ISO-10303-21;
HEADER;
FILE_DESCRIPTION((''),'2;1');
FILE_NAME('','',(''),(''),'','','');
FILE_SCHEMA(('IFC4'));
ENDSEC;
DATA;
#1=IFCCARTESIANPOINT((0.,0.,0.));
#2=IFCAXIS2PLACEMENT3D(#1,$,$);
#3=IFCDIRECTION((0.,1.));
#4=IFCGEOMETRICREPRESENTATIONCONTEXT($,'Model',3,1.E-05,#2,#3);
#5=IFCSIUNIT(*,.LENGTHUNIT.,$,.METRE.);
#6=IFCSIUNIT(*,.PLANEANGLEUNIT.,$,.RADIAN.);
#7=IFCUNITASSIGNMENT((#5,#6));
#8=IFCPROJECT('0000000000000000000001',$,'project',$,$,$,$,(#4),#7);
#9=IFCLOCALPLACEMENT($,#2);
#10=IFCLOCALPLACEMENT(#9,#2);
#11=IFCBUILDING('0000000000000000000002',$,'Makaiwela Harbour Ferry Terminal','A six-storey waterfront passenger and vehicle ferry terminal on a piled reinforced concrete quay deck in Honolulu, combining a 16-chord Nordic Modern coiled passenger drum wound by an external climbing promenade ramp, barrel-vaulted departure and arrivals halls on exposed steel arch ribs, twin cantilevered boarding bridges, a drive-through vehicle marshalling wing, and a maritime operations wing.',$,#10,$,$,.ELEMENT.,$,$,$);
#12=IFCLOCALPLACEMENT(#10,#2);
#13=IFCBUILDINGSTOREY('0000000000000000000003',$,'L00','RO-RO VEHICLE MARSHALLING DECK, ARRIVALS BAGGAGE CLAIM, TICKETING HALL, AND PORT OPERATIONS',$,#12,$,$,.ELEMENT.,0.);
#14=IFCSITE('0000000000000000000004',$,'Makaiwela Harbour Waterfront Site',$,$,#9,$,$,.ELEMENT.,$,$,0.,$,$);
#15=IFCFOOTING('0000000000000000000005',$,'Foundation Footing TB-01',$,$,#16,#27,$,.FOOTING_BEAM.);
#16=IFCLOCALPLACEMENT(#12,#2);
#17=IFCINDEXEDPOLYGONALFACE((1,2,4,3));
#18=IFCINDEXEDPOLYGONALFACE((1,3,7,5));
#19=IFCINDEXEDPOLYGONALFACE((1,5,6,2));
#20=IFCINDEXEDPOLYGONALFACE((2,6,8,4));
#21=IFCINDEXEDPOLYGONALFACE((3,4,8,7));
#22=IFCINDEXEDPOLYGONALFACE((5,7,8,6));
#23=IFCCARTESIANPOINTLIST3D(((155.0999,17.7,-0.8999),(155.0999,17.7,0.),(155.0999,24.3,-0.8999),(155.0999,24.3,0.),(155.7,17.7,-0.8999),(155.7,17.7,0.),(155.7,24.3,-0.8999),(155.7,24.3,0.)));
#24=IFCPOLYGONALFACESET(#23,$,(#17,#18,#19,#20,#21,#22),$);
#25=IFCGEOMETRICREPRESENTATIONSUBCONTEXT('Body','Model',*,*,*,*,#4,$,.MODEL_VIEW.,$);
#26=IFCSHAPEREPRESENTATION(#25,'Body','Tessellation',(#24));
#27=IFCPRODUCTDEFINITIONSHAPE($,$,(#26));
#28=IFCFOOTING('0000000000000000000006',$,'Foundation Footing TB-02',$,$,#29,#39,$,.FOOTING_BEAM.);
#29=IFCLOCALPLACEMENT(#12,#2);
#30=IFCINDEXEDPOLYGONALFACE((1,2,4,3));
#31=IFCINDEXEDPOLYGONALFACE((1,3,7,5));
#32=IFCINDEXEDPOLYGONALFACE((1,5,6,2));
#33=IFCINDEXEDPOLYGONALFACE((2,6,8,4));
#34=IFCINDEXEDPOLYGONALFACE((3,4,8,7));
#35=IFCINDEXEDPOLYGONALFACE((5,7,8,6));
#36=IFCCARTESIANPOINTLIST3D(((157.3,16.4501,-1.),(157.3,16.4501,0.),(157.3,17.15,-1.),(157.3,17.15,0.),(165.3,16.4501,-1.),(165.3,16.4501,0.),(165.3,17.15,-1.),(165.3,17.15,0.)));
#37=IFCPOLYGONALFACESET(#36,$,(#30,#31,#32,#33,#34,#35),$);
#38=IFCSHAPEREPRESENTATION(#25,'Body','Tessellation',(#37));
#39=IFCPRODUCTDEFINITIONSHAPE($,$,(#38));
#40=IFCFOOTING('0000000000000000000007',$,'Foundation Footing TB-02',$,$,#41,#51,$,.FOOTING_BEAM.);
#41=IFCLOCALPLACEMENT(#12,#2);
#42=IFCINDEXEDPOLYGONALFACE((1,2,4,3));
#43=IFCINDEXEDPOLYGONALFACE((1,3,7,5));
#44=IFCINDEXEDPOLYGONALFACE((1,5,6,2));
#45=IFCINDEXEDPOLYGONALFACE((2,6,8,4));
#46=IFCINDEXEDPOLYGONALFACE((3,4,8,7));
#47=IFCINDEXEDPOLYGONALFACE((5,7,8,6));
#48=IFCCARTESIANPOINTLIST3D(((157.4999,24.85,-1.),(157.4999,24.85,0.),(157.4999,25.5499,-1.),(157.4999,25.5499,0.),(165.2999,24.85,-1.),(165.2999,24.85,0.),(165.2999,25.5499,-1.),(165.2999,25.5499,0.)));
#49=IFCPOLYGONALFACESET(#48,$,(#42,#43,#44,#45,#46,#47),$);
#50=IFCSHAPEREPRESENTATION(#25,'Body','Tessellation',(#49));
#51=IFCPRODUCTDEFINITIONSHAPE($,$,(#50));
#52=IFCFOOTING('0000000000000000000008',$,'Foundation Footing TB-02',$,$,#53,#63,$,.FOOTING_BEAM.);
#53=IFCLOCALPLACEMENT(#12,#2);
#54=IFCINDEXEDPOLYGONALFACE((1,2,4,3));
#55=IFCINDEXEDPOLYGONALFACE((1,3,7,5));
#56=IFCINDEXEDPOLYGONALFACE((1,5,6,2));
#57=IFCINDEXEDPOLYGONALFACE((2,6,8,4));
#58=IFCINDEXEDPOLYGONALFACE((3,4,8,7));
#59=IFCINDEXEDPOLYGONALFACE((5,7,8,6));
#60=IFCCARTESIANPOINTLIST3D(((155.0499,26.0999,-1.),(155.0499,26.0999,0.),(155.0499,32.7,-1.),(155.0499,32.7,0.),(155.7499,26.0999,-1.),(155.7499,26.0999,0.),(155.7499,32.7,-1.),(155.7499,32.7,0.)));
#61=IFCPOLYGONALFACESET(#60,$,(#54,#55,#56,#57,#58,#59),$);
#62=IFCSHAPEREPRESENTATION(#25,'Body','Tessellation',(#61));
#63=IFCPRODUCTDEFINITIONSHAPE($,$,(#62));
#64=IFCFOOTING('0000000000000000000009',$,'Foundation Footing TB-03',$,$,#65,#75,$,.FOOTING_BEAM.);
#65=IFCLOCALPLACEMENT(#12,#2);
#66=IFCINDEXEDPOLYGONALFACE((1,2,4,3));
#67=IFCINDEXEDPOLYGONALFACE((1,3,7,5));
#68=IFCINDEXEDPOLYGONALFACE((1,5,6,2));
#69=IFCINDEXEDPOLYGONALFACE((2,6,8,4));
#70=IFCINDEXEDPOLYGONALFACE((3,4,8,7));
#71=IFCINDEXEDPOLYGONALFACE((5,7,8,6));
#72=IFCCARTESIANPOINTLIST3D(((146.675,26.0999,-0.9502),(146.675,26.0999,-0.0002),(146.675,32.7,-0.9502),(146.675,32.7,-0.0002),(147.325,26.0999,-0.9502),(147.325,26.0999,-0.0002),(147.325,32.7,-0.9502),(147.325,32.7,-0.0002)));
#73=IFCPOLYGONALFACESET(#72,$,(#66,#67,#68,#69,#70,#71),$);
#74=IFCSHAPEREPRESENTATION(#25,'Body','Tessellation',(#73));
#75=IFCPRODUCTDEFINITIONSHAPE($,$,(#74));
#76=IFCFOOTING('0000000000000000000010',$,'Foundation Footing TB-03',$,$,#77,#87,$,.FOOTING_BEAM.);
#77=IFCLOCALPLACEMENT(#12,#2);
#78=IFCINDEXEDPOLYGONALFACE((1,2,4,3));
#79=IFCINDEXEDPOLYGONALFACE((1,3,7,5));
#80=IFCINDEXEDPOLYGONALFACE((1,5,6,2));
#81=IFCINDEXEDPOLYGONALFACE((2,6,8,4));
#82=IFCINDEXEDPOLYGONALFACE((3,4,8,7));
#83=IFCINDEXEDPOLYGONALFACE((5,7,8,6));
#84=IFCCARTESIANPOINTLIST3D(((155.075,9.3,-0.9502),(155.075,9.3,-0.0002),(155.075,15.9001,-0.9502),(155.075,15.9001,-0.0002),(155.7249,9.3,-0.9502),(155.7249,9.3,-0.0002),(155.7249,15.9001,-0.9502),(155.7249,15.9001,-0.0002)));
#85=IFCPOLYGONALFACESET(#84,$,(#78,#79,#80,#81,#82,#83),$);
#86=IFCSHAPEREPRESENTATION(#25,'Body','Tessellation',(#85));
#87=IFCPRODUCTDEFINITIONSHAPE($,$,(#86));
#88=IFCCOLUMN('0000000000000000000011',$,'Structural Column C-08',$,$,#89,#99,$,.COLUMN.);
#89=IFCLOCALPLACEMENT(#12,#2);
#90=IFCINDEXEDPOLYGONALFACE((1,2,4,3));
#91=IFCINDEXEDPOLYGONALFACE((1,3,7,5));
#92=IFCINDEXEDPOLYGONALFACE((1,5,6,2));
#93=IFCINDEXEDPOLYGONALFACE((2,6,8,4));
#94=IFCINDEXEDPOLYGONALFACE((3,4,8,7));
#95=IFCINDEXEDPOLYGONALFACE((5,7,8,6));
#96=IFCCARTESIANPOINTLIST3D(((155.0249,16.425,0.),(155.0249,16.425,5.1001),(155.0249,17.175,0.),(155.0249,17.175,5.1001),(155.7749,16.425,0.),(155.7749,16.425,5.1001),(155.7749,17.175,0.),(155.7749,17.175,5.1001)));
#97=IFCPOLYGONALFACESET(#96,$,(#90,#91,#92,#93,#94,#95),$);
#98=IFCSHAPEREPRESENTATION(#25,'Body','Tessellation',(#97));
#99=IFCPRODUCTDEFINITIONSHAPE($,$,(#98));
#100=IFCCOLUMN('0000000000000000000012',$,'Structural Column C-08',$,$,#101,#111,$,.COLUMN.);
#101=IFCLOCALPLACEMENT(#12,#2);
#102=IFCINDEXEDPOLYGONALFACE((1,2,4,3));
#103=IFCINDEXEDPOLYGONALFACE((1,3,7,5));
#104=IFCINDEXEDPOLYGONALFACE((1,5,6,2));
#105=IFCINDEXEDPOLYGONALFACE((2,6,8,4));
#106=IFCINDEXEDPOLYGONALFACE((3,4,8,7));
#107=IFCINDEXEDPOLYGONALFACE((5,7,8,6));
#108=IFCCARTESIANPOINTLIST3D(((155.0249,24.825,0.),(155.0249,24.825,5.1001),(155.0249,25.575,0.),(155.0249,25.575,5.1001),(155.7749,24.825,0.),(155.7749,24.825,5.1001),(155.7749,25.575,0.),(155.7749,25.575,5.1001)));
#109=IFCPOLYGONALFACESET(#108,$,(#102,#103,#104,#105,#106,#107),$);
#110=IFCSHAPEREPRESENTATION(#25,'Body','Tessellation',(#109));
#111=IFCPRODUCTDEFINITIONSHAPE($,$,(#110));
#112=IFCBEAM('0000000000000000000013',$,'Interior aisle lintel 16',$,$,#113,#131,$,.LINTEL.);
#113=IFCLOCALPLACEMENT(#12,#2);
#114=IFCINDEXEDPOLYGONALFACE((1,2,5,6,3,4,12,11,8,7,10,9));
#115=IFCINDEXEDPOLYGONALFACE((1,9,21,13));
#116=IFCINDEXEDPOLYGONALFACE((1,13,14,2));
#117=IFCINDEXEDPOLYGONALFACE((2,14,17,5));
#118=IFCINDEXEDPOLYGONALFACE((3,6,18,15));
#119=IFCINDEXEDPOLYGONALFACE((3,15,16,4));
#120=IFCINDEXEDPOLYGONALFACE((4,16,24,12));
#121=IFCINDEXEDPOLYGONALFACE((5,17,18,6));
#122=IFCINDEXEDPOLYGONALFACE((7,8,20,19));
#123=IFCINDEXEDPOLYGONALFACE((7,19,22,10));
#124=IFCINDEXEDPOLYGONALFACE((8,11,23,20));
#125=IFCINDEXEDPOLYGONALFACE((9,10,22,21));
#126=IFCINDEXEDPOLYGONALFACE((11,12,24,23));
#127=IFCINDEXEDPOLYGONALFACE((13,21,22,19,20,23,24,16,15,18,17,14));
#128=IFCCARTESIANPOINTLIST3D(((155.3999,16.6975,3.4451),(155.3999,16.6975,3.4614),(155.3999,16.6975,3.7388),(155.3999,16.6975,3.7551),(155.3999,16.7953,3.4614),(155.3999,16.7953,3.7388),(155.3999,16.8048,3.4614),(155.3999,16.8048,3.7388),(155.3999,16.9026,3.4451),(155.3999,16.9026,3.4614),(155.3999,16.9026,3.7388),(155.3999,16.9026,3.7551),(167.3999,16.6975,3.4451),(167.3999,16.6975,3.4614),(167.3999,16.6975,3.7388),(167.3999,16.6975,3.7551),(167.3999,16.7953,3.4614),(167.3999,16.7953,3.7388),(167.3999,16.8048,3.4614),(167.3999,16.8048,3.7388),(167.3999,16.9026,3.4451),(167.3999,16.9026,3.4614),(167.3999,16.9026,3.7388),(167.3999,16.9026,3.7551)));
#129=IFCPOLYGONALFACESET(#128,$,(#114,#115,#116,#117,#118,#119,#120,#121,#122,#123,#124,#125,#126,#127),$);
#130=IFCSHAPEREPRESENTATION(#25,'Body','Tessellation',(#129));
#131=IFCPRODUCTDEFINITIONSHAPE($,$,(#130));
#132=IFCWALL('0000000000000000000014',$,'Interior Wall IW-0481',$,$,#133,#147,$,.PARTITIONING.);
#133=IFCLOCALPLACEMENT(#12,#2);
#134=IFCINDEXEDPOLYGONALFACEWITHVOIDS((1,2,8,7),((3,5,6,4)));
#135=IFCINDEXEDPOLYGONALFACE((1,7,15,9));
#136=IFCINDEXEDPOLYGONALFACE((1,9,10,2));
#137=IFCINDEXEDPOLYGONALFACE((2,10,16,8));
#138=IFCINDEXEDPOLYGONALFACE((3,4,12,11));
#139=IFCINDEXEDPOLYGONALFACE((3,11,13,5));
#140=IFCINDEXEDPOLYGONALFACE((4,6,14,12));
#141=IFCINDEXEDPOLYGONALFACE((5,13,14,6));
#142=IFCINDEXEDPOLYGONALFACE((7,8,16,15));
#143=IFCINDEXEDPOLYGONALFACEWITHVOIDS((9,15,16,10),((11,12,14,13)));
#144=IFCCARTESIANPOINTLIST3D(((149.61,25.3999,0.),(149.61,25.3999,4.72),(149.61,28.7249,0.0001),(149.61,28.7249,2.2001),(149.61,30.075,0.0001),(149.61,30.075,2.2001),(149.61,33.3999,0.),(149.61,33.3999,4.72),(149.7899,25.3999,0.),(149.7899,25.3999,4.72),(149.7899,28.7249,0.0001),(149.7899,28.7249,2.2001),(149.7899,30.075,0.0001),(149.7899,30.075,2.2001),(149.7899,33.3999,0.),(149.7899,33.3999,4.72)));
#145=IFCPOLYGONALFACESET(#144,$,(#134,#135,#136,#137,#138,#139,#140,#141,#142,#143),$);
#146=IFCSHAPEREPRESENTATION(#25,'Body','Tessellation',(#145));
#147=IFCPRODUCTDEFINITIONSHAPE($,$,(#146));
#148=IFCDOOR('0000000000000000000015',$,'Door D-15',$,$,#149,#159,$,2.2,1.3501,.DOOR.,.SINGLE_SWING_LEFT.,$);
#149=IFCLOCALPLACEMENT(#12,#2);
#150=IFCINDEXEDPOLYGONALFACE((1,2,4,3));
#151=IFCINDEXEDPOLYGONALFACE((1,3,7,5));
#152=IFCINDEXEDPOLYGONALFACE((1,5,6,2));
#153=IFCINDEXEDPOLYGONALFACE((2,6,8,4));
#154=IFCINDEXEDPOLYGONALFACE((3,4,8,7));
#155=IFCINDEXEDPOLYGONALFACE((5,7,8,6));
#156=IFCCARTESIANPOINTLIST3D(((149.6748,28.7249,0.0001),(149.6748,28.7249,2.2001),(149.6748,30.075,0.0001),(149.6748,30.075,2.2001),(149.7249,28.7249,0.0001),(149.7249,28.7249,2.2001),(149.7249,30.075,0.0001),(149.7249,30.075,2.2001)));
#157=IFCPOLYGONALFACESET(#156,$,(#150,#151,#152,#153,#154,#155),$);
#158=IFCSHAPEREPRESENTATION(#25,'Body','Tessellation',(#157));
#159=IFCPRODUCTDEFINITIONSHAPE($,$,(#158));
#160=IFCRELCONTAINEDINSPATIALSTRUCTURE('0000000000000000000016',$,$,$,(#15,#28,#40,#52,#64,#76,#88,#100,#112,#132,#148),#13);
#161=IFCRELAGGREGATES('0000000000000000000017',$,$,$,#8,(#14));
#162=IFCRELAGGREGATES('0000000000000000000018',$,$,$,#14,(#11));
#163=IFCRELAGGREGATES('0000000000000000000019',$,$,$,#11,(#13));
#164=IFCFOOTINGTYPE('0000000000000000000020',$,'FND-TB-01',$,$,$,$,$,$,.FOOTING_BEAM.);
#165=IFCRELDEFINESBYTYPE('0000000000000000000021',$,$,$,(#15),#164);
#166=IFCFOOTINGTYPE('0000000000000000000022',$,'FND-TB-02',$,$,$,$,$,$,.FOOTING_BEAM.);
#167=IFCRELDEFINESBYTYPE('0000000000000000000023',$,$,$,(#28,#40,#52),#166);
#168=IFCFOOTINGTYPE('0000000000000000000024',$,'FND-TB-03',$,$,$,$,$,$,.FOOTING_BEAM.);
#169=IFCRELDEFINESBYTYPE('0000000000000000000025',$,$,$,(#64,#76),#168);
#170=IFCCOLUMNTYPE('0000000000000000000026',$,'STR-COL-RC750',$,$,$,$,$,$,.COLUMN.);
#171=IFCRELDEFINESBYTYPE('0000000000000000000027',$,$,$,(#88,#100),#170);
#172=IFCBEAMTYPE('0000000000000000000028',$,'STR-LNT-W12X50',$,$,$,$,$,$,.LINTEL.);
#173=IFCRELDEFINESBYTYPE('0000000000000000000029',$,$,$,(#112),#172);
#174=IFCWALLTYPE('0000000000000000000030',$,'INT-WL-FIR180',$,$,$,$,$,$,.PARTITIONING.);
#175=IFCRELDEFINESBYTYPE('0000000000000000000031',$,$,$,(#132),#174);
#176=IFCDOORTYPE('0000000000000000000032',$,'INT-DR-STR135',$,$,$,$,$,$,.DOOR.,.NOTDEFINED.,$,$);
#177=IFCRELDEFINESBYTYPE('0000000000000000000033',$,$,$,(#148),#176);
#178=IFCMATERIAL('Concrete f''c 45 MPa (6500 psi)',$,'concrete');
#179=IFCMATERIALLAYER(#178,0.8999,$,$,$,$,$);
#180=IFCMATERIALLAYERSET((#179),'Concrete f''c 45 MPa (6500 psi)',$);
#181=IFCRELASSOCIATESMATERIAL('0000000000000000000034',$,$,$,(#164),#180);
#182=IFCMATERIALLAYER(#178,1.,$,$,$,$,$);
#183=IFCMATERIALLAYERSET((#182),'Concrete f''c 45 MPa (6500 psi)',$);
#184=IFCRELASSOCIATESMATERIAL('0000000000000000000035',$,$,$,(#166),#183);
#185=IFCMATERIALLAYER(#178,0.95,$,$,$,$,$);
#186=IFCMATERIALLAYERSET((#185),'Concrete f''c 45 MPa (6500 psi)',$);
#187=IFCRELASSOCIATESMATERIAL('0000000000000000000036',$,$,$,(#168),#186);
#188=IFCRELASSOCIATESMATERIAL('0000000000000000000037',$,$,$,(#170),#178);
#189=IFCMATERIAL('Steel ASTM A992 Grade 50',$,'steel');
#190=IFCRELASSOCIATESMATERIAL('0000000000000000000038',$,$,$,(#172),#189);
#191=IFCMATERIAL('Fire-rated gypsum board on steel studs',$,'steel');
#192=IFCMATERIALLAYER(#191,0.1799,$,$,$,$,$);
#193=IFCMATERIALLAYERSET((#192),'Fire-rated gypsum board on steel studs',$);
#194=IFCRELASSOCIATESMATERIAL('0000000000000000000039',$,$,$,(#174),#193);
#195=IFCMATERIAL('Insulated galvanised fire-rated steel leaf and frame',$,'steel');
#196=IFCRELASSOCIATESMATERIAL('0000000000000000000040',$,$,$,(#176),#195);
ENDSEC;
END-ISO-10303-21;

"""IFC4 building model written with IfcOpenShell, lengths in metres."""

from ifc_helpers import new_model, si_unit, direction, frame, frame_2d, origin, origin_2d, place, context, subcontext, project, spatial, rectangle, i_section, extrude, material, layer, layer_set, material_profile, profile_set, type_object, element, fill, save


model = new_model("IFC4")

# Units and contexts
model_context = context("Model", 3, precision=1e-05, world=origin(), true_north=direction((0.0, 1.0)))
body_context = subcontext(model_context, "Body", "Model", "MODEL_VIEW")
ifc_project = project(units=[si_unit("LENGTHUNIT", "METRE"), si_unit("PLANEANGLEUNIT", "RADIAN")], contexts=[model_context])

# Site, building, storey
site_placement = place(None, origin())
site = spatial("IfcSite", under=ifc_project, at=site_placement, Name="Makaiwela Harbour Waterfront Site", CompositionType="ELEMENT", RefElevation=0.0)
building_placement = place(site_placement, origin())
building = spatial("IfcBuilding", under=site, at=building_placement, Name="Makaiwela Harbour Ferry Terminal", Description="A six-storey waterfront passenger and vehicle ferry terminal on a piled reinforced concrete quay deck in Honolulu, combining a 16-chord Nordic Modern coiled passenger drum wound by an external climbing promenade ramp, barrel-vaulted departure and arrivals halls on exposed steel arch ribs, twin cantilevered boarding bridges, a drive-through vehicle marshalling wing, and a maritime operations wing.", CompositionType="ELEMENT")
storey_placement = place(building_placement, origin())
storey = spatial("IfcBuildingStorey", under=building, at=storey_placement, Name="L00", Description="RO-RO VEHICLE MARSHALLING DECK, ARRIVALS BAGGAGE CLAIM, TICKETING HALL, AND PORT OPERATIONS", CompositionType="ELEMENT", Elevation=0.0)

# Shared definitions
ifc_material_1 = material(Name="Concrete f'c 45 MPa (6500 psi)", Category="concrete")

# Footings
ifc_layer_1 = layer(ifc_material_1, 0.8999)
ifc_layer_set_1 = layer_set([ifc_layer_1], Name="Concrete f'c 45 MPa (6500 psi)")
footing_type_1 = type_object("IfcFootingType", Name="FND-TB-01", PredefinedType="FOOTING_BEAM", material=ifc_layer_set_1)
footing_1_placement = place(storey_placement, frame((155.3999, 21.0, -0.8999), z_axis=(0.0, 0.0, 1.0), x_axis=(0.0, 1.0, 0.0)))
element("IfcFooting", 1, at=footing_1_placement, inside=storey, type_object=footing_type_1, Name="Foundation Footing TB-01", PredefinedType="FOOTING_BEAM", context=body_context, shape_type="SweptSolid", body=[
    extrude(rectangle(XDim=6.6001, YDim=0.6001, at=origin_2d()), origin(), (0.0, 0.0, 1.0), 0.8999),
])
ifc_layer_2 = layer(ifc_material_1, 1.0)
ifc_layer_set_2 = layer_set([ifc_layer_2], Name="Concrete f'c 45 MPa (6500 psi)")
footing_type_2 = type_object("IfcFootingType", Name="FND-TB-02", PredefinedType="FOOTING_BEAM", material=ifc_layer_set_2)
footing_2_placement = place(storey_placement, frame((161.3, 16.8, -1.0), z_axis=(0.0, 0.0, 1.0), x_axis=(1.0, 0.0, 0.0)))
element("IfcFooting", 2, at=footing_2_placement, inside=storey, type_object=footing_type_2, Name="Foundation Footing TB-02", PredefinedType="FOOTING_BEAM", context=body_context, shape_type="SweptSolid", body=[
    extrude(rectangle(XDim=8.0, YDim=0.7, at=origin_2d()), origin(), (0.0, 0.0, 1.0), 1.0),
])
footing_3_placement = place(storey_placement, frame((161.3999, 25.2, -1.0), z_axis=(0.0, 0.0, 1.0), x_axis=(1.0, 0.0, 0.0)))
element("IfcFooting", 3, at=footing_3_placement, inside=storey, type_object=footing_type_2, Name="Foundation Footing TB-02", PredefinedType="FOOTING_BEAM", context=body_context, shape_type="SweptSolid", body=[
    extrude(rectangle(XDim=7.8, YDim=0.7, at=origin_2d()), origin(), (0.0, 0.0, 1.0), 1.0),
])
footing_4_placement = place(storey_placement, frame((155.3999, 29.3999, -1.0), z_axis=(0.0, 0.0, 1.0), x_axis=(0.0, 1.0, 0.0)))
element("IfcFooting", 4, at=footing_4_placement, inside=storey, type_object=footing_type_2, Name="Foundation Footing TB-02", PredefinedType="FOOTING_BEAM", context=body_context, shape_type="SweptSolid", body=[
    extrude(rectangle(XDim=6.6001, YDim=0.7, at=origin_2d()), origin(), (0.0, 0.0, 1.0), 1.0),
])
ifc_layer_3 = layer(ifc_material_1, 0.95)
ifc_layer_set_3 = layer_set([ifc_layer_3], Name="Concrete f'c 45 MPa (6500 psi)")
footing_type_3 = type_object("IfcFootingType", Name="FND-TB-03", PredefinedType="FOOTING_BEAM", material=ifc_layer_set_3)
for number, where, z_axis, x_axis, name in (
    (5, (147.0, 29.3999, -0.9502), (0.0, 0.0, 1.0), (0.0, 1.0, 0.0), "Foundation Footing TB-03"),
    (6, (155.3999, 12.6001, -0.9502), (0.0, 0.0, 1.0), (0.0, 1.0, 0.0), "Foundation Footing TB-03"),
):
    element("IfcFooting", number, at=place(storey_placement, frame(where, z_axis=z_axis, x_axis=x_axis)), inside=storey, type_object=footing_type_3, Name=name, PredefinedType="FOOTING_BEAM", context=body_context, shape_type="SweptSolid", body=[
        extrude(rectangle(XDim=6.6001, YDim=0.6499, at=origin_2d()), origin(), (0.0, 0.0, 1.0), 0.95),
    ])

# Columns
ifc_material_profile_1 = material_profile(ifc_material_1, rectangle(XDim=0.75, YDim=0.75, at=origin_2d()), Name="RC-750X750")
ifc_profile_set_1 = profile_set([ifc_material_profile_1], Name="Concrete f'c 45 MPa (6500 psi)")
column_type = type_object("IfcColumnType", Name="STR-COL-RC750", PredefinedType="COLUMN", material=ifc_profile_set_1)
for number, where, z_axis, x_axis, name in (
    (7, (155.3999, 16.8, 0.0), (0.0, 0.0, 1.0), (1.0, 0.0, 0.0), "Structural Column C-08"),
    (8, (155.3999, 25.2, 0.0), (0.0, 0.0, 1.0), (1.0, 0.0, 0.0), "Structural Column C-08"),
):
    element("IfcColumn", number, at=place(storey_placement, frame(where, z_axis=z_axis, x_axis=x_axis)), inside=storey, type_object=column_type, Name=name, PredefinedType="COLUMN", context=body_context, shape_type="SweptSolid", body=[
        extrude(rectangle(XDim=0.75, YDim=0.75, at=origin_2d()), origin(), (0.0, 0.0, 1.0), 5.1001),
    ])

# Beam
ifc_material_2 = material(Name="Steel ASTM A992 Grade 50", Category="steel")
ifc_material_profile_2 = material_profile(ifc_material_2, i_section(OverallWidth=0.2051, OverallDepth=0.3101, WebThickness=0.0095, FlangeThickness=0.0164, at=origin_2d()), Name="W12X50")
ifc_profile_set_2 = profile_set([ifc_material_profile_2], Name="Steel ASTM A992 Grade 50")
beam_type = type_object("IfcBeamType", Name="STR-LNT-W12X50", PredefinedType="LINTEL", material=ifc_profile_set_2)
beam_placement = place(storey_placement, frame((155.3999, 16.8, 3.6001), z_axis=(1.0, 0.0, 0.0), x_axis=(0.0, 1.0, 0.0)))
element("IfcBeam", 9, at=beam_placement, inside=storey, type_object=beam_type, Name="Interior aisle lintel 16", PredefinedType="LINTEL", context=body_context, shape_type="SweptSolid", body=[
    extrude(i_section(OverallWidth=0.2051, OverallDepth=0.3101, WebThickness=0.0095, FlangeThickness=0.0164, at=origin_2d()), origin(), (0.0, 0.0, 1.0), 12.0),
])

# Wall, opening, door
ifc_material_3 = material(Name="Fire-rated gypsum board on steel studs", Category="steel")
ifc_layer_4 = layer(ifc_material_3, 0.1799)
ifc_layer_set_4 = layer_set([ifc_layer_4], Name="Fire-rated gypsum board on steel studs")
wall_type_1 = type_object("IfcWallType", Name="INT-WL-FIR180", PredefinedType="PARTITIONING", material=ifc_layer_set_4)
wall_1_placement = place(storey_placement, frame((149.7, 25.3999, 0.0), z_axis=(0.0, 0.0, 1.0), x_axis=(0.0, 1.0, 0.0)))
wall_1 = element("IfcWall", 10, at=wall_1_placement, inside=storey, type_object=wall_type_1, Name="Interior Wall IW-0481", PredefinedType="PARTITIONING", context=body_context, shape_type="SweptSolid", body=[
    extrude(rectangle(XDim=8.0, YDim=0.1799, at=frame_2d((4.0, 0.0))), origin(), (0.0, 0.0, 1.0), 4.72),
])
opening_1_placement = place(wall_1_placement, frame((3.325, 0.0, 0.0)))
opening_1 = element("IfcOpeningElement", 11, at=opening_1_placement, cuts=wall_1, PredefinedType="OPENING", context=body_context, shape_type="SweptSolid", body=[
    extrude(rectangle(XDim=1.3501, YDim=2.2, at=frame_2d((0.675, 1.1001))), frame((0.0, 0.0999, 0.0), z_axis=(0.0, -1.0, 0.0), x_axis=(1.0, 0.0, 0.0)), (0.0, 0.0, 1.0), 0.2),
])
ifc_material_4 = material(Name="Insulated galvanised fire-rated steel leaf and frame", Category="steel")
door_type_1 = type_object("IfcDoorType", Name="INT-DR-STR135", OperationType="NOTDEFINED", PredefinedType="DOOR", material=ifc_material_4)
door_1_placement = place(opening_1_placement, frame((1.3501, 0.0, 0.0), z_axis=(0.0, 0.0, 1.0), x_axis=(-1.0, 0.0, 0.0)))
door_1 = element("IfcDoor", 12, at=door_1_placement, inside=storey, type_object=door_type_1, Name="Door D-15", OperationType="SINGLE_SWING_LEFT", OverallHeight=2.2, OverallWidth=1.3501, PredefinedType="DOOR", context=body_context, shape_type="SweptSolid", body=[
    extrude(rectangle(XDim=1.3501, YDim=2.2, at=frame_2d((0.675, 1.1001))), frame((0.0, 0.0249, 0.0), z_axis=(0.0, -1.0, 0.0), x_axis=(1.0, 0.0, 0.0)), (0.0, 0.0, 1.0), 0.05),
])
fill(opening_1, door_1)

save(model, "model.ifc")
